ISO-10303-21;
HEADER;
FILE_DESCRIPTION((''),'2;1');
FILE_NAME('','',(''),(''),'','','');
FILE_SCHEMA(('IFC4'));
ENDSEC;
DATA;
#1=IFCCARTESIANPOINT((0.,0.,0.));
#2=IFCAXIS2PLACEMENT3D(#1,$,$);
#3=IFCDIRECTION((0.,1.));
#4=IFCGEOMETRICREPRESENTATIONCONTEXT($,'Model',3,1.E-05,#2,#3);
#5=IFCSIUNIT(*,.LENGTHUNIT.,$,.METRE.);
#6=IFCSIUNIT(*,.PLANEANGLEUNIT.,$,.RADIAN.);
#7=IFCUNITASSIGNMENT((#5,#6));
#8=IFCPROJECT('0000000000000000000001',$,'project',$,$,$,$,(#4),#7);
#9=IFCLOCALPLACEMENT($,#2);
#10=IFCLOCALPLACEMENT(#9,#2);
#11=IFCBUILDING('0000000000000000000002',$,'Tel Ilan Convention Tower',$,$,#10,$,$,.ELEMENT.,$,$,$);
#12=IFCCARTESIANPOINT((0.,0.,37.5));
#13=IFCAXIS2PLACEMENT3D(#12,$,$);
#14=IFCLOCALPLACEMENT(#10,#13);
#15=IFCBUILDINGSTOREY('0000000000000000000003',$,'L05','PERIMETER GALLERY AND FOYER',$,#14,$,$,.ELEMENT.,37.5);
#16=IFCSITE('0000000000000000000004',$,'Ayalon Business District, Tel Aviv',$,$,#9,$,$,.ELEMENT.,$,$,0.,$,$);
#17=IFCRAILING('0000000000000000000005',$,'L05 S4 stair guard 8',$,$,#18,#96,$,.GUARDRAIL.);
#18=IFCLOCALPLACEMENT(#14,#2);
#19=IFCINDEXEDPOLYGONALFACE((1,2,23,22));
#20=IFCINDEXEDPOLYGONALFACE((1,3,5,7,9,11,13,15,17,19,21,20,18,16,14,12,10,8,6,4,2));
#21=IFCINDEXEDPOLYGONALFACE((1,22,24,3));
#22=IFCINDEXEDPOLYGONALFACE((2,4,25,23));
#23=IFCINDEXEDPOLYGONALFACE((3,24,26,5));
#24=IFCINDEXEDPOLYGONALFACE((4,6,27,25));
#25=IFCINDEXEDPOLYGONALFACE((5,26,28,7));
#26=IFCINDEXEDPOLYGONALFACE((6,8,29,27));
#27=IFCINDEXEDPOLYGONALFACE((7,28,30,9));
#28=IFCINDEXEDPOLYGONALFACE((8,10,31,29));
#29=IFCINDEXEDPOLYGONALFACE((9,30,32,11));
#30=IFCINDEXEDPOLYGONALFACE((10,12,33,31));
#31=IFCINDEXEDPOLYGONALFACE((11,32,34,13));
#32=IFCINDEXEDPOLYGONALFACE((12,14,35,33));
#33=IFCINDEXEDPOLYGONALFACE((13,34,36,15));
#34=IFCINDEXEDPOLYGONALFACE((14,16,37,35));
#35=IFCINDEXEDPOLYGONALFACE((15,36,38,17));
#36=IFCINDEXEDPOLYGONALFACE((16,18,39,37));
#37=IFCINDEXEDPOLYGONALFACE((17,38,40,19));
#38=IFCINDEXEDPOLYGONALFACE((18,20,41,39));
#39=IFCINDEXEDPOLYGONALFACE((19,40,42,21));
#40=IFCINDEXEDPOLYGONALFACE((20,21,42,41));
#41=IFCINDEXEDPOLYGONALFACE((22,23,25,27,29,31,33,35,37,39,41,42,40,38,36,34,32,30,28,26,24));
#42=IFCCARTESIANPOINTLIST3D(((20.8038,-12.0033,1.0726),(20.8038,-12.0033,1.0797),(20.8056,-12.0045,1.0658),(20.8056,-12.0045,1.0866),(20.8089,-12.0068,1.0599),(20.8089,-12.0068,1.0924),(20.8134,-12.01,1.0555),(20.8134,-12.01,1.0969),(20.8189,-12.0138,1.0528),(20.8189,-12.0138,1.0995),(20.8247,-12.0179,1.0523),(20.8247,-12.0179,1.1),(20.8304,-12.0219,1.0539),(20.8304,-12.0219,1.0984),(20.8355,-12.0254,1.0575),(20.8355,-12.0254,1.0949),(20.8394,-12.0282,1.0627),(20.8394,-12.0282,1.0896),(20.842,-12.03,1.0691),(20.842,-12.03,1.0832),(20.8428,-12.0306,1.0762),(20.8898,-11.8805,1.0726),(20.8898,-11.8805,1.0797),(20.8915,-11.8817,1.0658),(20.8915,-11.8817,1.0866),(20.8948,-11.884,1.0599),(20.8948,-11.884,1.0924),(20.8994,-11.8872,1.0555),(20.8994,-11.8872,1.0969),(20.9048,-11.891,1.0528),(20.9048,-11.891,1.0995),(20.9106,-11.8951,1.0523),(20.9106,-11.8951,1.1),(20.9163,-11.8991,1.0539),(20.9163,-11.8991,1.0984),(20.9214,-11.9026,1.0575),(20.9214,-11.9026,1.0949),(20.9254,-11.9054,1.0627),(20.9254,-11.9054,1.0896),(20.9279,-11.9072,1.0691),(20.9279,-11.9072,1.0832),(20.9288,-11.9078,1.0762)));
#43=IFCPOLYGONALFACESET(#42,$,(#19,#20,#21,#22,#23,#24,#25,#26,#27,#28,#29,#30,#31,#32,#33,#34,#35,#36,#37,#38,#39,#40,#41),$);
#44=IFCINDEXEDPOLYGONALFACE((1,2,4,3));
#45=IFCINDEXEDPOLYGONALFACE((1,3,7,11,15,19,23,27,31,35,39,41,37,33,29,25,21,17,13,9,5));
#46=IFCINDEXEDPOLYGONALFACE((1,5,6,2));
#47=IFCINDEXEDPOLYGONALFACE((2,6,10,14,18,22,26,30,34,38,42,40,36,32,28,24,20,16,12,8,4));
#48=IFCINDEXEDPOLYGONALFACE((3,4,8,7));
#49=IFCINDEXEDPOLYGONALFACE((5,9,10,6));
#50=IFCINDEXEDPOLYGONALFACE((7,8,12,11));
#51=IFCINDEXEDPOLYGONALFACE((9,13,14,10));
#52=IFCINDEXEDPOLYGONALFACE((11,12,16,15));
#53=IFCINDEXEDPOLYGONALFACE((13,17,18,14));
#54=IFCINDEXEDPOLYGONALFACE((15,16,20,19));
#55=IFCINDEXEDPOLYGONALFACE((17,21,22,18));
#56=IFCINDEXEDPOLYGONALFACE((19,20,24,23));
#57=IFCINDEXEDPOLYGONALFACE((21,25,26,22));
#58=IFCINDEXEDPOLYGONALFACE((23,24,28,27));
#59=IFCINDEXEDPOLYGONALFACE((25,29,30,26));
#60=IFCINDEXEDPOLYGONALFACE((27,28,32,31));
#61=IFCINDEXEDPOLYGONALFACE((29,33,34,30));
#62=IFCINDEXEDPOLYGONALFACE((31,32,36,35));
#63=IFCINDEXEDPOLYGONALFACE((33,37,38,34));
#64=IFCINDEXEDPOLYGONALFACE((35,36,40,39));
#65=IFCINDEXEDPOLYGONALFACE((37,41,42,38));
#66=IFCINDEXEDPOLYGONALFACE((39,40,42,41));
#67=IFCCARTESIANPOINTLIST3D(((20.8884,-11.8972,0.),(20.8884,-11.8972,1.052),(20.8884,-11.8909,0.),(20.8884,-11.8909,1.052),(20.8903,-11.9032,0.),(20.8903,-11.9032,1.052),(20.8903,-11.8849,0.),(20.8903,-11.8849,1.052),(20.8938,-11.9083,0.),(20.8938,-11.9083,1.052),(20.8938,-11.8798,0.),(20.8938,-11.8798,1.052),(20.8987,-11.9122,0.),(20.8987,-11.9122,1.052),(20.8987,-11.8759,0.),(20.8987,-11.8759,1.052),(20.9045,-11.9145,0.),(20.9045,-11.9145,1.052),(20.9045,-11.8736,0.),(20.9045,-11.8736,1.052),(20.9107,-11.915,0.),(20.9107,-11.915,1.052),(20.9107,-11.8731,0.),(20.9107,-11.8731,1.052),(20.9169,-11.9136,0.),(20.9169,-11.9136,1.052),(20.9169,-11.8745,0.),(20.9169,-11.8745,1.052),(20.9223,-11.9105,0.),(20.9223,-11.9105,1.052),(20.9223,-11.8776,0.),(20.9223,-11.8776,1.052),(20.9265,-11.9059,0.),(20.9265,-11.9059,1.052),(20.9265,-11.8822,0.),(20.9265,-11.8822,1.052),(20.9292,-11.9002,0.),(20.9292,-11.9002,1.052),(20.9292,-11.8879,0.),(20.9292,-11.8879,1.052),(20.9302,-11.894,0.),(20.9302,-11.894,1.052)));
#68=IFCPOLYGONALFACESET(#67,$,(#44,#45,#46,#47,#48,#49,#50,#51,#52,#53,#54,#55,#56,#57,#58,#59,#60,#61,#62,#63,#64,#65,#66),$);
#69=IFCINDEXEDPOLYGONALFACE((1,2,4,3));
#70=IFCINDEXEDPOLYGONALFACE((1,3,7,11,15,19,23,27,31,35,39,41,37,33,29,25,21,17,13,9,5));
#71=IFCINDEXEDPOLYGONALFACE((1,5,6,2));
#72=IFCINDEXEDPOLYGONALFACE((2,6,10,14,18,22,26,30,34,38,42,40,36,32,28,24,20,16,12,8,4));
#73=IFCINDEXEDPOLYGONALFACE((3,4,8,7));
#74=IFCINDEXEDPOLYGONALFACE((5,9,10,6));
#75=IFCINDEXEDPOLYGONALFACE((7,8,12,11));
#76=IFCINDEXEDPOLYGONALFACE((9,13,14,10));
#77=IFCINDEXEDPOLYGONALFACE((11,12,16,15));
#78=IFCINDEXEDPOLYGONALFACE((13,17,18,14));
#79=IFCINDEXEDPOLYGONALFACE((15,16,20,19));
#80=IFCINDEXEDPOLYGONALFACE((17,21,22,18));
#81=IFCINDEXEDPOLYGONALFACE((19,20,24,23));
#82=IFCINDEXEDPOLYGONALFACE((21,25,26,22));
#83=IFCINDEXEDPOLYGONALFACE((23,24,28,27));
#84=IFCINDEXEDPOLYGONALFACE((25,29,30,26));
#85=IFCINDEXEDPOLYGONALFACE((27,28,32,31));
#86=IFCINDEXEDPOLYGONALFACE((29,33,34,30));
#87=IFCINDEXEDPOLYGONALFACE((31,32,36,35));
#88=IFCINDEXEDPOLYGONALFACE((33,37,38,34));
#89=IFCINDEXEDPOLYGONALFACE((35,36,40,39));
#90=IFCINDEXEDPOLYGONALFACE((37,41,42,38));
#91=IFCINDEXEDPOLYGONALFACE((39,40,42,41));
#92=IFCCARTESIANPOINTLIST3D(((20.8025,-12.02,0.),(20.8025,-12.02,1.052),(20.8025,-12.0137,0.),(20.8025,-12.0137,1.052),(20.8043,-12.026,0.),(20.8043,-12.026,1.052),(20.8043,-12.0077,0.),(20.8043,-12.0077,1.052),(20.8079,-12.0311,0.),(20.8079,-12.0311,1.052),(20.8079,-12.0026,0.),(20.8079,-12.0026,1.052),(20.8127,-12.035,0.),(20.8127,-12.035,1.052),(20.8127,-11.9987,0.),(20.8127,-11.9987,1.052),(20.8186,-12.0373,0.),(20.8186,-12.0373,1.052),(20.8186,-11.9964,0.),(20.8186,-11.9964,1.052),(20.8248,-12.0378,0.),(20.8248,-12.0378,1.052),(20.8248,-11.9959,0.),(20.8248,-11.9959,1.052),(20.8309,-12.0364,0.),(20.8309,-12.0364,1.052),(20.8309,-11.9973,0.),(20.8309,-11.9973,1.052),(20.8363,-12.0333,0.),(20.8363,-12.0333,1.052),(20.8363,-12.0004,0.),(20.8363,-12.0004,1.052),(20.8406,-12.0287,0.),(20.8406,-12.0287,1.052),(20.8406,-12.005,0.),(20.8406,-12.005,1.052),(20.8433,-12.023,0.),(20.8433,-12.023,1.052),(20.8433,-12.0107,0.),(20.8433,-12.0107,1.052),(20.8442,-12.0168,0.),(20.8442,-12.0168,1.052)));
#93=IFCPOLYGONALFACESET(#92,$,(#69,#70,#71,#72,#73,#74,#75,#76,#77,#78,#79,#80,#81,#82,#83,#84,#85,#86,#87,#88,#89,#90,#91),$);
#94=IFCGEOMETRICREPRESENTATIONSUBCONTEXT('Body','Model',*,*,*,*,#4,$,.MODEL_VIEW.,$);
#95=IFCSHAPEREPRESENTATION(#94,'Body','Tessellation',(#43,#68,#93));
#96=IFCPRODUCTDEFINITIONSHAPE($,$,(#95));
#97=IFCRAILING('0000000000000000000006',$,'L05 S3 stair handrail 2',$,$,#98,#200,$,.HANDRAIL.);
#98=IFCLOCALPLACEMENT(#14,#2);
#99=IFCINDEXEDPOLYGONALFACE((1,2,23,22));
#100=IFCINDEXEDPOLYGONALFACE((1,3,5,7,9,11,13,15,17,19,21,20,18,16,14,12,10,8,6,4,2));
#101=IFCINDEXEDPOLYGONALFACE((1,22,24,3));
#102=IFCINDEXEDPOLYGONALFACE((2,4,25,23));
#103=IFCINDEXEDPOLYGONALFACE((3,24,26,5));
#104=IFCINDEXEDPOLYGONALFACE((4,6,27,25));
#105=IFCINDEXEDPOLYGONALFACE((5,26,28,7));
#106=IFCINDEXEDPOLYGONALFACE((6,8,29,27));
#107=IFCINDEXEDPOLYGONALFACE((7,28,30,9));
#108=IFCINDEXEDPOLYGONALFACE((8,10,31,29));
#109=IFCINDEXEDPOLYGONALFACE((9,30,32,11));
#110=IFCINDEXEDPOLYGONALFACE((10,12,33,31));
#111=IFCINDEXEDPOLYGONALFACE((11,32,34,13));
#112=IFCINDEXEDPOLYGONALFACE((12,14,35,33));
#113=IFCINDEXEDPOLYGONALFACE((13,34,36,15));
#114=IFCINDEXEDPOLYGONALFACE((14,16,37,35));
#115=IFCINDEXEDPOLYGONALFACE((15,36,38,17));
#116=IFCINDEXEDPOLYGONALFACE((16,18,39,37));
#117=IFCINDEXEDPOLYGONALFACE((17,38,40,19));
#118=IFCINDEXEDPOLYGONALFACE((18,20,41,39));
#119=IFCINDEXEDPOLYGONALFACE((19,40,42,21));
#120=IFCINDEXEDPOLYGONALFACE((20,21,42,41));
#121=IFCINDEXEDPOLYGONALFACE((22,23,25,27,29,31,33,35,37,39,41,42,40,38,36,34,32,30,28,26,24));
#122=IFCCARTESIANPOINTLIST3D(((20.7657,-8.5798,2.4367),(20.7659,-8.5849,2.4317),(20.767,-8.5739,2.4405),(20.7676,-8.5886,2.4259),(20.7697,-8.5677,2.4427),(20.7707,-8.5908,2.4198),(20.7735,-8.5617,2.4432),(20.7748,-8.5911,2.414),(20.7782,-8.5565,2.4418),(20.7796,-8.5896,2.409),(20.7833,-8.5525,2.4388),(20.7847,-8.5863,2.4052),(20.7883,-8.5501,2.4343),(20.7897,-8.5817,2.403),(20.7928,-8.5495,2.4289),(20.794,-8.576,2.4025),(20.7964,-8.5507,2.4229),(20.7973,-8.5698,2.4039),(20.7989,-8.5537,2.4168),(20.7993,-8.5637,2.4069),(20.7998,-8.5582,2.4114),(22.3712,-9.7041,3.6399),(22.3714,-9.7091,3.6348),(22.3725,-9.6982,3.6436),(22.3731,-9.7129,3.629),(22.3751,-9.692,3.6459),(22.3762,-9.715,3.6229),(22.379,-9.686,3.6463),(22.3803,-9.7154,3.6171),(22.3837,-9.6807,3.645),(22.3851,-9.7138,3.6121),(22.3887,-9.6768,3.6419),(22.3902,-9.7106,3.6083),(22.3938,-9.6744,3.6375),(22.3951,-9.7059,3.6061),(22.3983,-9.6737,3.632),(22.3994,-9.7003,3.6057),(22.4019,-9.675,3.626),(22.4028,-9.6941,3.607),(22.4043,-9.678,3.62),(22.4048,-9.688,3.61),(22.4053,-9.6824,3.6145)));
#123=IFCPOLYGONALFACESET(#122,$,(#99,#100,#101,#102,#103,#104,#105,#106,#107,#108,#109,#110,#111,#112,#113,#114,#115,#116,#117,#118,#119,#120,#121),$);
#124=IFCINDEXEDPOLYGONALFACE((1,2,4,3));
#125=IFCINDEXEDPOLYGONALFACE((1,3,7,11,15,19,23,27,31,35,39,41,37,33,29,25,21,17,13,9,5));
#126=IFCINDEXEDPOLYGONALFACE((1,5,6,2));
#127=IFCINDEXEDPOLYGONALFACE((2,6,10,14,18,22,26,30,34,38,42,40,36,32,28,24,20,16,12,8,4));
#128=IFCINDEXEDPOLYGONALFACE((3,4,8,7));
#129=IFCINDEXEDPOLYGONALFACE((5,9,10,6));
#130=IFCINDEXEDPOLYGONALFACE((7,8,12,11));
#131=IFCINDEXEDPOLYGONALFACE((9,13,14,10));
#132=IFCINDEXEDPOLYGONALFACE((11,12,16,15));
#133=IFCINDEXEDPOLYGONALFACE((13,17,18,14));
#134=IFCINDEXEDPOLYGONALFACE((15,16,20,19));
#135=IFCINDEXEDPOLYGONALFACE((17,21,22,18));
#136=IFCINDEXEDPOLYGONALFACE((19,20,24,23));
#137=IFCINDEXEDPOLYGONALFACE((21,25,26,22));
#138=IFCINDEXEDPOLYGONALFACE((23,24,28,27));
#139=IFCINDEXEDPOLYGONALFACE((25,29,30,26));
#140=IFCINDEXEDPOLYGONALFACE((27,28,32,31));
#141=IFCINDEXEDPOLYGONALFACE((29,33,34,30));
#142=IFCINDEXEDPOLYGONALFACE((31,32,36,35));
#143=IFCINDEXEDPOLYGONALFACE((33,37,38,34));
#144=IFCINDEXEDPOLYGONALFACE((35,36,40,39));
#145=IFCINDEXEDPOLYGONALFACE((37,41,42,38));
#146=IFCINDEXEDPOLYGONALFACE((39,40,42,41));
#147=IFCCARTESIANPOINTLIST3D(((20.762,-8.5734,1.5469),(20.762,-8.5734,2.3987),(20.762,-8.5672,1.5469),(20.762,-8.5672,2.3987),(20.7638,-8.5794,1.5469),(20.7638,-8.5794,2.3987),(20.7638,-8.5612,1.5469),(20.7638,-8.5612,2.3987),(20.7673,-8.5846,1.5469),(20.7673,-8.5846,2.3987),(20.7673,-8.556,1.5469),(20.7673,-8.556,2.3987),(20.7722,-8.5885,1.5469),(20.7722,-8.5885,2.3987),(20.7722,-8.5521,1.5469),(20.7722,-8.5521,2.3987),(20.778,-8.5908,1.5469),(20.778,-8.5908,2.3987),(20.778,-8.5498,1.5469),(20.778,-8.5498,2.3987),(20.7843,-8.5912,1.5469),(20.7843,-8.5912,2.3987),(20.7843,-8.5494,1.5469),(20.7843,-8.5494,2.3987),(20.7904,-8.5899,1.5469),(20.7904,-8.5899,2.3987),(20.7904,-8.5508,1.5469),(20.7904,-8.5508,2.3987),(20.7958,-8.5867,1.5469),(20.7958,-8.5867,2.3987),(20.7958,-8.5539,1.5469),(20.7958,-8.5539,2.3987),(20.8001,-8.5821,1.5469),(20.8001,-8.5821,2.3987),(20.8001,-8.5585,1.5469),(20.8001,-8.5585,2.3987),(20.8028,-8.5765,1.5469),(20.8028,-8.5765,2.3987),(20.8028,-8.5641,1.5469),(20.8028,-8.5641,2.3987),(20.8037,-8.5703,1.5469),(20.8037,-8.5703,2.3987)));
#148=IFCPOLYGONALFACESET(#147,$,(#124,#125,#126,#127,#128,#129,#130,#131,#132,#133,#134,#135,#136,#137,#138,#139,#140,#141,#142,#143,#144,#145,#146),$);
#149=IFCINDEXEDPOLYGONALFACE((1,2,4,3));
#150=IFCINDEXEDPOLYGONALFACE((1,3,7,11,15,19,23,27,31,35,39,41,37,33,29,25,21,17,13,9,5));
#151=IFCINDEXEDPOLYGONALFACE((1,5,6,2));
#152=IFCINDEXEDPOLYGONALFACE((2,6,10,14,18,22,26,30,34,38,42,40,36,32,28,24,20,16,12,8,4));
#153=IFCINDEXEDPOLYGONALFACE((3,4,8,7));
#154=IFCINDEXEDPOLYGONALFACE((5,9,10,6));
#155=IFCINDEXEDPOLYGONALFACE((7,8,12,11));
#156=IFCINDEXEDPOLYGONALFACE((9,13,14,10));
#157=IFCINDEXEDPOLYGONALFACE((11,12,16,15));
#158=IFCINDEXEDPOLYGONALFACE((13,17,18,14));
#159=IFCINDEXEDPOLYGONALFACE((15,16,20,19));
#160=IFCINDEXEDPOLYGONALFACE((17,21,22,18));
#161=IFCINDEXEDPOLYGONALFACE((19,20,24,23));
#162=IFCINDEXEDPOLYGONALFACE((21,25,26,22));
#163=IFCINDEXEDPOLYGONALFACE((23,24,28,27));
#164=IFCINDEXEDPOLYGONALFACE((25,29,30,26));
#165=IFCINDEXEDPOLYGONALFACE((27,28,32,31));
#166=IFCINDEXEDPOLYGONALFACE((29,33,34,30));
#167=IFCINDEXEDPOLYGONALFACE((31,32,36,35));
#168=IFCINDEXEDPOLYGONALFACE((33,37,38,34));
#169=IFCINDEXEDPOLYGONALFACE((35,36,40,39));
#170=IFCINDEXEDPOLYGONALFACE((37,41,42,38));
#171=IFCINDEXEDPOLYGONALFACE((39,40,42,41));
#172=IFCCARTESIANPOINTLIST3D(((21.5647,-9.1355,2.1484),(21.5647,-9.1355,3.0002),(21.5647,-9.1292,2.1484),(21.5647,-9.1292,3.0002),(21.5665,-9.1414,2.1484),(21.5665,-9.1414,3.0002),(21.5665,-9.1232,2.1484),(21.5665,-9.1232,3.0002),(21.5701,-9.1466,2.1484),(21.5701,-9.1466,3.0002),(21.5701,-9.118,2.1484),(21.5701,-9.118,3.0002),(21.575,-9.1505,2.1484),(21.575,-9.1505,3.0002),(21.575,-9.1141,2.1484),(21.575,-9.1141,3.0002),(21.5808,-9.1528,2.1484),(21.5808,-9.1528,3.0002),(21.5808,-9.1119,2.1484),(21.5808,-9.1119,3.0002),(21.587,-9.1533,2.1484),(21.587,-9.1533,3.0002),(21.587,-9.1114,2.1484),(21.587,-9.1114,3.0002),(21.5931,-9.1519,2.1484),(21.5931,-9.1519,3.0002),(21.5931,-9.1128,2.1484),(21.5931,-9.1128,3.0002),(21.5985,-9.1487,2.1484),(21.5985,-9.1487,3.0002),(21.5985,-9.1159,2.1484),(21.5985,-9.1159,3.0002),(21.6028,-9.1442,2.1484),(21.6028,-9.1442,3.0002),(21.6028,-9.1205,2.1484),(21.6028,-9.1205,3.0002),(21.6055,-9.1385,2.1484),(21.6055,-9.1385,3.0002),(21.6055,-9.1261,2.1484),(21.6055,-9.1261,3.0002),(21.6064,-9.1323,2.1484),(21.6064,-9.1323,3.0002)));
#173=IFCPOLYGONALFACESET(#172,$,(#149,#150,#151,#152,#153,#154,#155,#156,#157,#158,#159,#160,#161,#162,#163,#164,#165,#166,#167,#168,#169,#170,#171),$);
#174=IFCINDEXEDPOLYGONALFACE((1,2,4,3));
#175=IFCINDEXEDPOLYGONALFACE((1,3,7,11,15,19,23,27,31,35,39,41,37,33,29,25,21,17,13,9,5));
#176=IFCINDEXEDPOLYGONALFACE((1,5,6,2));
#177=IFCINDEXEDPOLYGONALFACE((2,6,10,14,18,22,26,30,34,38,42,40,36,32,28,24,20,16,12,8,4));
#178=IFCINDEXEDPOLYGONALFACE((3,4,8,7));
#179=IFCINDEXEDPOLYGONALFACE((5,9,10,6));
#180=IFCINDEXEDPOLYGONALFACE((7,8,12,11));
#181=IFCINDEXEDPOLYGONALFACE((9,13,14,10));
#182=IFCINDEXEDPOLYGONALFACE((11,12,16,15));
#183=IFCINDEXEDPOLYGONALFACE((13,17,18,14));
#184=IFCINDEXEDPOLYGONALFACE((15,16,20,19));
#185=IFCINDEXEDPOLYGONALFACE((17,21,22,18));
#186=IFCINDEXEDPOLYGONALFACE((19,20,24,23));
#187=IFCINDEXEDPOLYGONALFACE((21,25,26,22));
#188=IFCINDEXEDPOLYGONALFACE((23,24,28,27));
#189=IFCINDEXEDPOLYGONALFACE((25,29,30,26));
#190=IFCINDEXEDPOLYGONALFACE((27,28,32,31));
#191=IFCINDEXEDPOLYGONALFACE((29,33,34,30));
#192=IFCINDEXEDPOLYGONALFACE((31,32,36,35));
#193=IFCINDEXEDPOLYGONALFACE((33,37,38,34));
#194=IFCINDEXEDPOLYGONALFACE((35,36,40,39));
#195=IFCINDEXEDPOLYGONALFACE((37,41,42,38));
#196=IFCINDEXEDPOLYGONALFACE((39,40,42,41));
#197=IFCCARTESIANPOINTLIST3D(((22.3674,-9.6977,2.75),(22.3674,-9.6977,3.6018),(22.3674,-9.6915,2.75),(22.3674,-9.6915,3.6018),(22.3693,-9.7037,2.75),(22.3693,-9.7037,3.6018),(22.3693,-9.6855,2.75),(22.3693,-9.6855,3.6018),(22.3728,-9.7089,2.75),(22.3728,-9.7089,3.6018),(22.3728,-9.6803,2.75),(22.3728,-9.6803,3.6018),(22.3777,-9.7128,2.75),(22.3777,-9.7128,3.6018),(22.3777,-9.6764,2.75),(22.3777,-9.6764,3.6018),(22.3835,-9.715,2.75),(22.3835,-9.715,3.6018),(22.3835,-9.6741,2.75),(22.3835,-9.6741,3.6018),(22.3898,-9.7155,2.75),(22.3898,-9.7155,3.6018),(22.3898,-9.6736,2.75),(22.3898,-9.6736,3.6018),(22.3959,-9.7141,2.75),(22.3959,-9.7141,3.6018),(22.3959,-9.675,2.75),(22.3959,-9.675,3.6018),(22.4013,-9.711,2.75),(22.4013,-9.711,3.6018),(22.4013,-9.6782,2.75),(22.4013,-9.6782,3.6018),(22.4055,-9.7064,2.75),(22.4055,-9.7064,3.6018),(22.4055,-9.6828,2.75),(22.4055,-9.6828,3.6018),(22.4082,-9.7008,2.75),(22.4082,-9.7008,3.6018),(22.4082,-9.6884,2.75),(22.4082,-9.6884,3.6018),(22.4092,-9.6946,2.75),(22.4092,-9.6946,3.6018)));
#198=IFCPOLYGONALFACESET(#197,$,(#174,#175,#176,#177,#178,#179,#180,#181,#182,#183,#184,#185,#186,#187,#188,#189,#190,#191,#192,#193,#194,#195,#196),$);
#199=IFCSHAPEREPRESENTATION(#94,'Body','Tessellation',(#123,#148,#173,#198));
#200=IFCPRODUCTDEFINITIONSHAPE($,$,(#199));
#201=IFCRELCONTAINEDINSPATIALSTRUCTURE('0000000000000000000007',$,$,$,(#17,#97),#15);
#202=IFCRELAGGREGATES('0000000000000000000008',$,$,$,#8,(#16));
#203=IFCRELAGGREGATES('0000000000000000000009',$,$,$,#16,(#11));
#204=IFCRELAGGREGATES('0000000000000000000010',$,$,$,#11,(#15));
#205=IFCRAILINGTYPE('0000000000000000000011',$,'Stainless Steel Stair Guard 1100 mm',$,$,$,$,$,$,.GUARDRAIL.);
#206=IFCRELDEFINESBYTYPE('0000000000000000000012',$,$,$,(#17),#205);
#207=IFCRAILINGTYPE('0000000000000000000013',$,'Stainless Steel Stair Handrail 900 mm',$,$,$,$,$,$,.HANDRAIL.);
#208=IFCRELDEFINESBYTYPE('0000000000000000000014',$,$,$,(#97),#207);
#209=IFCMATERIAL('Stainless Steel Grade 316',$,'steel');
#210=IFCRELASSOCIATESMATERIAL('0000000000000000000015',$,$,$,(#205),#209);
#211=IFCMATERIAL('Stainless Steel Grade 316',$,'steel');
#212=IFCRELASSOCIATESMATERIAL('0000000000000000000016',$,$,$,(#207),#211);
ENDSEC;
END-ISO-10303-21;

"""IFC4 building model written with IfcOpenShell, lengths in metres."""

from ifc_helpers import new_model, si_unit, direction, frame, origin, origin_2d, place, context, subcontext, project, spatial, circle, extrude, material, type_object, element, save


model = new_model("IFC4")

# Units and contexts
model_context = context("Model", 3, precision=1e-05, world=origin(), true_north=direction((0.0, 1.0)))
body_context = subcontext(model_context, "Body", "Model", "MODEL_VIEW")
ifc_project = project(units=[si_unit("LENGTHUNIT", "METRE"), si_unit("PLANEANGLEUNIT", "RADIAN")], contexts=[model_context])

# Site, building, storey
site_placement = place(None, origin())
site = spatial("IfcSite", under=ifc_project, at=site_placement, Name="Ayalon Business District, Tel Aviv", CompositionType="ELEMENT", RefElevation=0.0)
building_placement = place(site_placement, origin())
building = spatial("IfcBuilding", under=site, at=building_placement, Name="Tel Ilan Convention Tower", CompositionType="ELEMENT")
storey_placement = place(building_placement, frame((0.0, 0.0, 37.5)))
storey = spatial("IfcBuildingStorey", under=building, at=storey_placement, Name="L05", Description="PERIMETER GALLERY AND FOYER", CompositionType="ELEMENT", Elevation=37.5)

# Railings
ifc_material_1 = material(Name="Stainless Steel Grade 316", Category="steel")
railing_type_1 = type_object("IfcRailingType", Name="Stainless Steel Stair Guard 1100 mm", PredefinedType="GUARDRAIL", material=ifc_material_1)
railing_1_placement = place(storey_placement, frame((20.9092, -11.894, 0.0)))
element("IfcRailing", 1, at=railing_1_placement, inside=storey, type_object=railing_type_1, Name="L05 S4 stair guard 8", PredefinedType="GUARDRAIL", context=body_context, shape_type="SweptSolid", body=[
    extrude(circle(Radius=0.0239, at=origin_2d()), frame((0.0, 0.0, 1.0762), z_axis=(-0.573353, -0.819308, 0.0), x_axis=(0.819308, -0.573353, 0.0)), (0.0, 0.0, 1.0), 0.1499),
    extrude(circle(Radius=0.021, at=origin_2d()), origin(), (0.0, 0.0, 1.0), 1.052),
    extrude(circle(Radius=0.021, at=origin_2d()), frame((-0.0859, -0.1228, 0.0)), (0.0, 0.0, 1.0), 1.052),
])
ifc_material_2 = material(Name="Stainless Steel Grade 316", Category="steel")
railing_type_2 = type_object("IfcRailingType", Name="Stainless Steel Stair Handrail 900 mm", PredefinedType="HANDRAIL", material=ifc_material_2)
for number, where, name in (
    (2, (20.7827, -8.5703, 1.5469), "L05 S3 stair handrail 2"),
):
    element("IfcRailing", number, at=place(storey_placement, frame(where)), inside=storey, type_object=railing_type_2, Name=name, PredefinedType="HANDRAIL", context=body_context, shape_type="SweptSolid", body=[
        extrude(circle(Radius=0.0239, at=origin_2d()), frame((0.0, 0.0, 0.876), z_axis=(0.698095, -0.488857, 0.523146), x_axis=(0.573613, 0.819127, 0.0)), (0.0, 0.0, 1.0), 2.2998),
        extrude(circle(Radius=0.021, at=origin_2d()), origin(), (0.0, 0.0, 1.0), 0.8518),
        extrude(circle(Radius=0.021, at=origin_2d()), frame((0.8027, -0.562, 0.6016)), (0.0, 0.0, 1.0), 0.8518),
        extrude(circle(Radius=0.021, at=origin_2d()), frame((1.6055, -1.1243, 1.2031)), (0.0, 0.0, 1.0), 0.8518),
    ])

save(model, "model.ifc")
